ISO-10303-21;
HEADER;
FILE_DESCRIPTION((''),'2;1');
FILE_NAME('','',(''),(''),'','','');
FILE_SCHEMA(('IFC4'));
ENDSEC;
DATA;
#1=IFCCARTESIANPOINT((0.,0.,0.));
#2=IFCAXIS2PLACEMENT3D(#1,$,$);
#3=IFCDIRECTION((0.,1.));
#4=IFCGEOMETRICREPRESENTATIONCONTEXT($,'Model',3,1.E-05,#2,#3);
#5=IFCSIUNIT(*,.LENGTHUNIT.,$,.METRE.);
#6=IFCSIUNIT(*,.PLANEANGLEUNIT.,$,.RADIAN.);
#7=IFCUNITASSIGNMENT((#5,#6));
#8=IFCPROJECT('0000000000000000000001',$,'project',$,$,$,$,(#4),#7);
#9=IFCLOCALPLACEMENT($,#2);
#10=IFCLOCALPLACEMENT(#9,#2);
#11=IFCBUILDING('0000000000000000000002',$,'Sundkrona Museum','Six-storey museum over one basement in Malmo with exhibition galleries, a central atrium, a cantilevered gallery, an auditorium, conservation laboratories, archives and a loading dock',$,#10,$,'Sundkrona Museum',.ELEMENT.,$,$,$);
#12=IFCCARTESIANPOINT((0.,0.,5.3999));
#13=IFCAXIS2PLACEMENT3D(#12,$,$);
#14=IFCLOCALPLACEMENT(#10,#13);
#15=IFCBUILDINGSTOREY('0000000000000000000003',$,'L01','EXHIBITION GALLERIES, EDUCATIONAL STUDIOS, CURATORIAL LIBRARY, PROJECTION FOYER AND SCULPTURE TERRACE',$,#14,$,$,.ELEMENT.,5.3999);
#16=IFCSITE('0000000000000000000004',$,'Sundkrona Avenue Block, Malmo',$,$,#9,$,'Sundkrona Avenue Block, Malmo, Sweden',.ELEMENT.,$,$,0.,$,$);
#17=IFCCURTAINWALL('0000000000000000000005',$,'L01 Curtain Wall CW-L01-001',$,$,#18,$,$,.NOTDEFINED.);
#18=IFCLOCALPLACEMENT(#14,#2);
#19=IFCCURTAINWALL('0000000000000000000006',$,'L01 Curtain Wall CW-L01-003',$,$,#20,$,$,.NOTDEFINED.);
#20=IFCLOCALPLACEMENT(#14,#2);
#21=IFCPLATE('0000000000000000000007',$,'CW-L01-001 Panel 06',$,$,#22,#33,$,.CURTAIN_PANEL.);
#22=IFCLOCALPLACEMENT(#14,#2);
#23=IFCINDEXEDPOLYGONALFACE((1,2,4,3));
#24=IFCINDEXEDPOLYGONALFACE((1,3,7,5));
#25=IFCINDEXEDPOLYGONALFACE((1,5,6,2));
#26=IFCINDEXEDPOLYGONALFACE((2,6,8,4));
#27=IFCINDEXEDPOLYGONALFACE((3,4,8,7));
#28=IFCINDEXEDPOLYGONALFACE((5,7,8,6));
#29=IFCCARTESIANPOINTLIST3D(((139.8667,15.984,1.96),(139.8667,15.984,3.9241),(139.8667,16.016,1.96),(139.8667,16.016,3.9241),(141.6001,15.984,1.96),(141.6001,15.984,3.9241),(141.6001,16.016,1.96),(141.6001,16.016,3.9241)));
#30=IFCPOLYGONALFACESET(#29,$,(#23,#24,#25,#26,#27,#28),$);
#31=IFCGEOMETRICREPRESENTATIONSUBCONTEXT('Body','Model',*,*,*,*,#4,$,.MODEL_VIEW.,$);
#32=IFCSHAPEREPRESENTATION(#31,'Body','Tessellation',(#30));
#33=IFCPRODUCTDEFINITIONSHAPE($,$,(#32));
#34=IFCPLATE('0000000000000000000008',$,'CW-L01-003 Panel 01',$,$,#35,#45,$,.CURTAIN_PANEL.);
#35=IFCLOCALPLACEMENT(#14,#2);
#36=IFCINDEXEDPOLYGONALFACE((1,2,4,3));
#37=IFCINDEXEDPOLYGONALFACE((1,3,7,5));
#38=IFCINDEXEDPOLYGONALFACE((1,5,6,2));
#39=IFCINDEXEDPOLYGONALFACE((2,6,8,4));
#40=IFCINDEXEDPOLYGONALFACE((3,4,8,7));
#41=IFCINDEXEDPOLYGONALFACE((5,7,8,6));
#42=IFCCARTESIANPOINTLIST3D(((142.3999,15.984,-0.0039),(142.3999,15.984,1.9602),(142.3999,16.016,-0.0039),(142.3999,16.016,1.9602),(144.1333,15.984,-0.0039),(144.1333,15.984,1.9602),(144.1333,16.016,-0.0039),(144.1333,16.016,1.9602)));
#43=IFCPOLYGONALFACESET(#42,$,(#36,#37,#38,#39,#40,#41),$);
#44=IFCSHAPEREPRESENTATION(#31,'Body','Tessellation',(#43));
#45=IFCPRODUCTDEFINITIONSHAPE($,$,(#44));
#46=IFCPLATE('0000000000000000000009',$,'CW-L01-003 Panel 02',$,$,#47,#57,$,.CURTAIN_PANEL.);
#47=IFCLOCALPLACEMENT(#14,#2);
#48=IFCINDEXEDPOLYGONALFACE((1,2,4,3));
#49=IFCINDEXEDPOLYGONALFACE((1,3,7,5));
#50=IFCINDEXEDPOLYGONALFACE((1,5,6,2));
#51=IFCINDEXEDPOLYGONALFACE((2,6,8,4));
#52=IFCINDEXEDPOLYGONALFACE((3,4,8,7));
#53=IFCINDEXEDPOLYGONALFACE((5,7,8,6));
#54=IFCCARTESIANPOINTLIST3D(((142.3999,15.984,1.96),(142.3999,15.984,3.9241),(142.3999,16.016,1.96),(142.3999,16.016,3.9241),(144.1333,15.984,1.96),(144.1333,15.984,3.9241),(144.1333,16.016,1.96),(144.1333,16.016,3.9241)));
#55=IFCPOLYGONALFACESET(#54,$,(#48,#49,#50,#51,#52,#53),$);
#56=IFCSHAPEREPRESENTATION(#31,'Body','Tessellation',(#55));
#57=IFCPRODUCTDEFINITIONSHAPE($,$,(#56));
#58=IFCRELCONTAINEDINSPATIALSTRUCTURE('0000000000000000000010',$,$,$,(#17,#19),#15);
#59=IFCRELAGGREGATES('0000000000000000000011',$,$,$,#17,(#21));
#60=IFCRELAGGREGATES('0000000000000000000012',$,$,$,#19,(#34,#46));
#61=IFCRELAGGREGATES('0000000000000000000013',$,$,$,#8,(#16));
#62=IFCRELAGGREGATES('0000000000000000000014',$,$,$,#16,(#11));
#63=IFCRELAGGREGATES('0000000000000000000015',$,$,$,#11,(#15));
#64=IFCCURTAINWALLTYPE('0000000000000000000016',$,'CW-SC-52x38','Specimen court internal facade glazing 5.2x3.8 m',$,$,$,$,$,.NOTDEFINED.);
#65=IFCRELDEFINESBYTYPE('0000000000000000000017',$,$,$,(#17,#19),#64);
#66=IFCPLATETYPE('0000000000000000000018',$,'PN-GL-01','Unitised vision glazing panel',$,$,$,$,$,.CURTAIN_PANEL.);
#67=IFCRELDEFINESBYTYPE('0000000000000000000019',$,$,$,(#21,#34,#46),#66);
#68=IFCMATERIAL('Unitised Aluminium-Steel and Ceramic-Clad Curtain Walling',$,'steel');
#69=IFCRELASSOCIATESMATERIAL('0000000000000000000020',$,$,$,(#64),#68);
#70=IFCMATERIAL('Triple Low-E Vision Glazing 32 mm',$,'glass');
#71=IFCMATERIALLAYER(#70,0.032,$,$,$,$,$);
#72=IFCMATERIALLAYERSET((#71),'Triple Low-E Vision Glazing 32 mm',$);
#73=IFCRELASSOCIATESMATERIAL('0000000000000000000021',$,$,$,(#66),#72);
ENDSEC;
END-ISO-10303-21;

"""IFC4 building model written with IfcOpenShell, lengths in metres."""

from ifc_helpers import new_model, si_unit, direction, frame, origin, origin_2d, place, context, subcontext, project, spatial, rectangle, extrude, material, layer, layer_set, type_object, element, aggregate, save


model = new_model("IFC4")

# Units and contexts
model_context = context("Model", 3, precision=1e-05, world=origin(), true_north=direction((0.0, 1.0)))
body_context = subcontext(model_context, "Body", "Model", "MODEL_VIEW")
ifc_project = project(units=[si_unit("LENGTHUNIT", "METRE"), si_unit("PLANEANGLEUNIT", "RADIAN")], contexts=[model_context])

# Site, building, storey
site_placement = place(None, origin())
site = spatial("IfcSite", under=ifc_project, at=site_placement, Name="Sundkrona Avenue Block, Malmo", LongName="Sundkrona Avenue Block, Malmo, Sweden", CompositionType="ELEMENT", RefElevation=0.0)
building_placement = place(site_placement, origin())
building = spatial("IfcBuilding", under=site, at=building_placement, Name="Sundkrona Museum", Description="Six-storey museum over one basement in Malmo with exhibition galleries, a central atrium, a cantilevered gallery, an auditorium, conservation laboratories, archives and a loading dock", LongName="Sundkrona Museum", CompositionType="ELEMENT")
storey_placement = place(building_placement, frame((0.0, 0.0, 5.3999)))
storey = spatial("IfcBuildingStorey", under=building, at=storey_placement, Name="L01", Description="EXHIBITION GALLERIES, EDUCATIONAL STUDIOS, CURATORIAL LIBRARY, PROJECTION FOYER AND SCULPTURE TERRACE", CompositionType="ELEMENT", Elevation=5.3999)

# Curtain wall
ifc_material_1 = material(Name="Unitised Aluminium-Steel and Ceramic-Clad Curtain Walling", Category="steel")
curtain_wall_type = type_object("IfcCurtainWallType", Name="CW-SC-52x38", Description="Specimen court internal facade glazing 5.2x3.8 m", PredefinedType="NOTDEFINED", material=ifc_material_1)
curtain_wall_1_placement = place(storey_placement, origin())
curtain_wall_1 = element("IfcCurtainWall", 1, at=curtain_wall_1_placement, inside=storey, type_object=curtain_wall_type, Name="L01 Curtain Wall CW-L01-001", PredefinedType="NOTDEFINED")

# Curtain wall
curtain_wall_2_placement = place(storey_placement, origin())
curtain_wall_2 = element("IfcCurtainWall", 2, at=curtain_wall_2_placement, inside=storey, type_object=curtain_wall_type, Name="L01 Curtain Wall CW-L01-003", PredefinedType="NOTDEFINED")

# Plates
ifc_material_2 = material(Name="Triple Low-E Vision Glazing 32 mm", Category="glass")
ifc_layer = layer(ifc_material_2, 0.032)
ifc_layer_set = layer_set([ifc_layer], Name="Triple Low-E Vision Glazing 32 mm")
plate_type = type_object("IfcPlateType", Name="PN-GL-01", Description="Unitised vision glazing panel", PredefinedType="CURTAIN_PANEL", material=ifc_layer_set)
plate_1_placement = place(storey_placement, frame((140.7334, 16.0, 1.96), z_axis=(0.0, 0.0, 1.0), x_axis=(1.0, 0.0, 0.0)))
plate_1 = element("IfcPlate", 3, at=plate_1_placement, type_object=plate_type, Name="CW-L01-001 Panel 06", PredefinedType="CURTAIN_PANEL", context=body_context, shape_type="SweptSolid", body=[
    extrude(rectangle(XDim=1.7334, YDim=0.032, at=origin_2d()), origin(), (0.0, 0.0, 1.0), 1.9641),
])
aggregate(curtain_wall_1, [plate_1])
plate_2_placement = place(storey_placement, frame((143.2666, 16.0, -0.0039), z_axis=(0.0, 0.0, 1.0), x_axis=(1.0, 0.0, 0.0)))
plate_2 = element("IfcPlate", 4, at=plate_2_placement, type_object=plate_type, Name="CW-L01-003 Panel 01", PredefinedType="CURTAIN_PANEL", context=body_context, shape_type="SweptSolid", body=[
    extrude(rectangle(XDim=1.7334, YDim=0.032, at=origin_2d()), origin(), (0.0, 0.0, 1.0), 1.9641),
])
plate_3_placement = place(storey_placement, frame((143.2666, 16.0, 1.96), z_axis=(0.0, 0.0, 1.0), x_axis=(1.0, 0.0, 0.0)))
plate_3 = element("IfcPlate", 5, at=plate_3_placement, type_object=plate_type, Name="CW-L01-003 Panel 02", PredefinedType="CURTAIN_PANEL", context=body_context, shape_type="SweptSolid", body=[
    extrude(rectangle(XDim=1.7334, YDim=0.032, at=origin_2d()), origin(), (0.0, 0.0, 1.0), 1.9641),
])
aggregate(curtain_wall_2, [plate_2, plate_3])

save(model, "model.ifc")
